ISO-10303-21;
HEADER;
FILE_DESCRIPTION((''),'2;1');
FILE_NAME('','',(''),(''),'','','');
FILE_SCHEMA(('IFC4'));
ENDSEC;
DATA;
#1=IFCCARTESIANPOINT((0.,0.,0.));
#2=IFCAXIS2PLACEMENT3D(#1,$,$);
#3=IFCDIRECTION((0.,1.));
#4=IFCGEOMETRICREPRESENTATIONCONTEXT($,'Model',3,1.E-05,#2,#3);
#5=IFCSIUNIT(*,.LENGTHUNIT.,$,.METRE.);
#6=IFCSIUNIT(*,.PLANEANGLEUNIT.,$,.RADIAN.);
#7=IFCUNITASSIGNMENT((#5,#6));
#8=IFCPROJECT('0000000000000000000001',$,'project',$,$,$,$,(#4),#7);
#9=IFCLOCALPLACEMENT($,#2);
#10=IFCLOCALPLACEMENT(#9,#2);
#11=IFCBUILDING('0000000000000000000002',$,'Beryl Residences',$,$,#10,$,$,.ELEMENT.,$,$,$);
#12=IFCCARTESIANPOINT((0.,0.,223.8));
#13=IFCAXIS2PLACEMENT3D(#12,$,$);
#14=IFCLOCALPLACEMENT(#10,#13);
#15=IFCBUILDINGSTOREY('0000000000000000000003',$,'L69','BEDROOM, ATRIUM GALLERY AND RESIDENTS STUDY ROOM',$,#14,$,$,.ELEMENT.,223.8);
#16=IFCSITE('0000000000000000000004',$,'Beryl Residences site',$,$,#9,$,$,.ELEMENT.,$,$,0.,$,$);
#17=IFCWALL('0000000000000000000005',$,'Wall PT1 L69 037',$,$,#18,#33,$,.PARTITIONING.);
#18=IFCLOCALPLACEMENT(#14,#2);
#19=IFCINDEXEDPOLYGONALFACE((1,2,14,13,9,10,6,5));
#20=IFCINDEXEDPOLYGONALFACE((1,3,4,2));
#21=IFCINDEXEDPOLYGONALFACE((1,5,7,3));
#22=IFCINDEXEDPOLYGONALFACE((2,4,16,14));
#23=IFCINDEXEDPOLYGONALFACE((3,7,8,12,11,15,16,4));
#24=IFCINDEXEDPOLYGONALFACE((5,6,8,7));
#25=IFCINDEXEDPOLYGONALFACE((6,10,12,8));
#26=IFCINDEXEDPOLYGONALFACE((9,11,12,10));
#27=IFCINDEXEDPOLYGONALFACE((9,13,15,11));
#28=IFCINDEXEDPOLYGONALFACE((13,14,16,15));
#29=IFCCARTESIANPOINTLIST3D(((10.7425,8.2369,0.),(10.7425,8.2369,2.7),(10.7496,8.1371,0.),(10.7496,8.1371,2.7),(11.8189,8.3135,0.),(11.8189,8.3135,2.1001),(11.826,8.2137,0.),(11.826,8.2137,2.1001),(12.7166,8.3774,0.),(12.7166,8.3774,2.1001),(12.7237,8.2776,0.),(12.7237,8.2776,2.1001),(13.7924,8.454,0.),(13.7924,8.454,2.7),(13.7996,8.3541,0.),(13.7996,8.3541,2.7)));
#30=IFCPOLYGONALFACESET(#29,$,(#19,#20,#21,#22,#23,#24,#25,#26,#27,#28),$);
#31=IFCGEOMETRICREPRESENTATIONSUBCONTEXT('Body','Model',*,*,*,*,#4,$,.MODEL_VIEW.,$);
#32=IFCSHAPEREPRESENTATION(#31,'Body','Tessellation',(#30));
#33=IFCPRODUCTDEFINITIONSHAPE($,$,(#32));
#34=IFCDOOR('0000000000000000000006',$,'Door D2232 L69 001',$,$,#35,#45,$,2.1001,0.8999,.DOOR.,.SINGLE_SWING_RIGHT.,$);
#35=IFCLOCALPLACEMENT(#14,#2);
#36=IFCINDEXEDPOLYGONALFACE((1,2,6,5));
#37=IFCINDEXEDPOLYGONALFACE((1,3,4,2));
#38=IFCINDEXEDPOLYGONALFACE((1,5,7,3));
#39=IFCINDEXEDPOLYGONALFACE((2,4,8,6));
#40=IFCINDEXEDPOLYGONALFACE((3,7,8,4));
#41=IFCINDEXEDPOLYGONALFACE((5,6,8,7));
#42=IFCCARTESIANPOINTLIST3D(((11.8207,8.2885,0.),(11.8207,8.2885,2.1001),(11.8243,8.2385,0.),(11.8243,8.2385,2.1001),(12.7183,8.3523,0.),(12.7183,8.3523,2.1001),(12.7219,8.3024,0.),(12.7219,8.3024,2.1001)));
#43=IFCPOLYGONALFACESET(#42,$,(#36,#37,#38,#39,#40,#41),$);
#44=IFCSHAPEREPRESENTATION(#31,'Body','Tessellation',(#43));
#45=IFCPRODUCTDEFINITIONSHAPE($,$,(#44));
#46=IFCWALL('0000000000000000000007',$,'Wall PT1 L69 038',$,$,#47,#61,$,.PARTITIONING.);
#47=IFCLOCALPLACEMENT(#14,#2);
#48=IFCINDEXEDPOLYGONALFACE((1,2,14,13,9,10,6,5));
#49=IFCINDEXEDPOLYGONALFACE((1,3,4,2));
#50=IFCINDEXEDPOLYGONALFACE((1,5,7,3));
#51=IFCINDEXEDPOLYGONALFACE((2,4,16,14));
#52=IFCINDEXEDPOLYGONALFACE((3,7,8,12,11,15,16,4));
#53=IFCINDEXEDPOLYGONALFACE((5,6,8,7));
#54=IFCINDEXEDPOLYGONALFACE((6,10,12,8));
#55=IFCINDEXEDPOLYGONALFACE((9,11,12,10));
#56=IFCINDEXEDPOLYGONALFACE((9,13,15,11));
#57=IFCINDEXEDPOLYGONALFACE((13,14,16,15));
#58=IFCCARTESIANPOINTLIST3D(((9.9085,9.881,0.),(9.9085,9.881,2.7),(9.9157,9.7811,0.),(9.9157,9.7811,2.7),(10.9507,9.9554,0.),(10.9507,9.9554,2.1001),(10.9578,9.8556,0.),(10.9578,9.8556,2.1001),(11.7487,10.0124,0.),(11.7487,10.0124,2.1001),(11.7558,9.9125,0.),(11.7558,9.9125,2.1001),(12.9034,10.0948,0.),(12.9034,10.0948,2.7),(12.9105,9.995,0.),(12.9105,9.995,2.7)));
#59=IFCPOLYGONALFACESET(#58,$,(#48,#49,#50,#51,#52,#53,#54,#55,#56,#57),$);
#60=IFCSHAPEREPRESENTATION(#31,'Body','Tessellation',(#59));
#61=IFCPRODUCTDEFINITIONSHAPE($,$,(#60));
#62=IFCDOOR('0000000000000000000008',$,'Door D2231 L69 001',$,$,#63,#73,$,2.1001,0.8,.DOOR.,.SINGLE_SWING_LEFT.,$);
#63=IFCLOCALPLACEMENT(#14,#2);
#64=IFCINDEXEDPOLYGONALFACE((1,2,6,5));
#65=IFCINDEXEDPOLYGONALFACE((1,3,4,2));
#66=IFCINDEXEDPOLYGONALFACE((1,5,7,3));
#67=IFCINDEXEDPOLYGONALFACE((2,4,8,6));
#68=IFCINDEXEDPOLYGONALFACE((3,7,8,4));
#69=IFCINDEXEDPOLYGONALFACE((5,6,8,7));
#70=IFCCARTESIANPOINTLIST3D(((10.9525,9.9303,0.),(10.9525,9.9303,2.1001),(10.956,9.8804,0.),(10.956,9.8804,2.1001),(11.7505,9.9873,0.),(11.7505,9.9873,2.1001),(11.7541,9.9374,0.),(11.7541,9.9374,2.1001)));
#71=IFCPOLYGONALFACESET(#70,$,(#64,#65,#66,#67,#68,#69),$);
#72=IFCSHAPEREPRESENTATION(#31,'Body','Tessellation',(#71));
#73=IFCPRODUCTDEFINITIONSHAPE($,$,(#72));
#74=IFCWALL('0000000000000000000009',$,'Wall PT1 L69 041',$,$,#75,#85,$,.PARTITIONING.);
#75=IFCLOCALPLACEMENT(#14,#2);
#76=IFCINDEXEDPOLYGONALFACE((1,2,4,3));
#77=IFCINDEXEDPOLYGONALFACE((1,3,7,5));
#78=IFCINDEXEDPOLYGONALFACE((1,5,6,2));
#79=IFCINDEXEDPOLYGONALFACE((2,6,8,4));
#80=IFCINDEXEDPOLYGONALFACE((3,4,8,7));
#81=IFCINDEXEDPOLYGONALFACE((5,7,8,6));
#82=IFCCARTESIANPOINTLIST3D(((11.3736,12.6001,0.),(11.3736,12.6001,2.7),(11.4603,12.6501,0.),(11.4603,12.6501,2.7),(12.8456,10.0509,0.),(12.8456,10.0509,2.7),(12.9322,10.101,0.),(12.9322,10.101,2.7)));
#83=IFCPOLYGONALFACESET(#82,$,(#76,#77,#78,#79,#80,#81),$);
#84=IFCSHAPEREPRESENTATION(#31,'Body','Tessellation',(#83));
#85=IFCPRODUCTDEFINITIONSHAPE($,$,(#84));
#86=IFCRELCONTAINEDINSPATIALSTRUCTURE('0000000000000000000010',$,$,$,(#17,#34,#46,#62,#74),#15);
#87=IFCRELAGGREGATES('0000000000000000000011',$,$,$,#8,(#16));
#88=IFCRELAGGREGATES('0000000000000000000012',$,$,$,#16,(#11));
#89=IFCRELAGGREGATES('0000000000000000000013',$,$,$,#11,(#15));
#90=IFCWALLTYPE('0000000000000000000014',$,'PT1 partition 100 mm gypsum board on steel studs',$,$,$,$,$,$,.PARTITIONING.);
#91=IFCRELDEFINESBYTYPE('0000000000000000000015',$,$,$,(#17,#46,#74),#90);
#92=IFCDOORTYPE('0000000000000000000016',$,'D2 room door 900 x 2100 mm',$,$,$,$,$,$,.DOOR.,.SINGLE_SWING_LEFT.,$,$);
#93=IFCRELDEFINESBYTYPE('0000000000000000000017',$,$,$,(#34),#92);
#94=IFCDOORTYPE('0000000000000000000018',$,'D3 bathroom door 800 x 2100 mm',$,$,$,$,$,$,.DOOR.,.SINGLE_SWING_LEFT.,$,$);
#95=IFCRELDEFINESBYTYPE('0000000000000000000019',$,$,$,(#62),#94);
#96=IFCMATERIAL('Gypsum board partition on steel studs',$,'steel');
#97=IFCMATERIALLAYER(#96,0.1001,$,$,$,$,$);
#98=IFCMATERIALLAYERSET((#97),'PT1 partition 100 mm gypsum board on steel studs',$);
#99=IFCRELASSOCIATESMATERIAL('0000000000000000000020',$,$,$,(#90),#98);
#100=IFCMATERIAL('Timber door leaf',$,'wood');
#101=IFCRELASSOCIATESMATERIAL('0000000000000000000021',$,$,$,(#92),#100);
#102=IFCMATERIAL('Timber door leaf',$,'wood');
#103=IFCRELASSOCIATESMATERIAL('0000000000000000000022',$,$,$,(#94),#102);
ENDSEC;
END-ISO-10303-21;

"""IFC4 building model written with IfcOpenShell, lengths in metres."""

from ifc_helpers import new_model, si_unit, direction, frame, frame_2d, origin, place, context, subcontext, project, spatial, rectangle, extrude, material, layer, layer_set, type_object, element, fill, save


model = new_model("IFC4")

# Units and contexts
model_context = context("Model", 3, precision=1e-05, world=origin(), true_north=direction((0.0, 1.0)))
body_context = subcontext(model_context, "Body", "Model", "MODEL_VIEW")
ifc_project = project(units=[si_unit("LENGTHUNIT", "METRE"), si_unit("PLANEANGLEUNIT", "RADIAN")], contexts=[model_context])

# Site, building, storey
site_placement = place(None, origin())
site = spatial("IfcSite", under=ifc_project, at=site_placement, Name="Beryl Residences site", CompositionType="ELEMENT", RefElevation=0.0)
building_placement = place(site_placement, origin())
building = spatial("IfcBuilding", under=site, at=building_placement, Name="Beryl Residences", CompositionType="ELEMENT")
storey_placement = place(building_placement, frame((0.0, 0.0, 223.8)))
storey = spatial("IfcBuildingStorey", under=building, at=storey_placement, Name="L69", Description="BEDROOM, ATRIUM GALLERY AND RESIDENTS STUDY ROOM", CompositionType="ELEMENT", Elevation=223.8)

# Shared definitions
ifc_material_1 = material(Name="Gypsum board partition on steel studs", Category="steel")
ifc_layer_1 = layer(ifc_material_1, 0.1001)
ifc_layer_set_1 = layer_set([ifc_layer_1], Name="PT1 partition 100 mm gypsum board on steel studs")
wall_type_1 = type_object("IfcWallType", Name="PT1 partition 100 mm gypsum board on steel studs", PredefinedType="PARTITIONING", material=ifc_layer_set_1)
ifc_material_2 = material(Name="Timber door leaf", Category="wood")
door_type_1 = type_object("IfcDoorType", Name="D2 room door 900 x 2100 mm", OperationType="SINGLE_SWING_LEFT", PredefinedType="DOOR", material=ifc_material_2)

# Walls, openings, doors
wall_1_placement = place(storey_placement, frame((10.7461, 8.187, 0.0), z_axis=(0.0, 0.0, 1.0), x_axis=(0.997477, 0.070986, 0.0)))
wall_1 = element("IfcWall", 1, at=wall_1_placement, inside=storey, type_object=wall_type_1, Name="Wall PT1 L69 037", PredefinedType="PARTITIONING", context=body_context, shape_type="SweptSolid", body=[
    extrude(rectangle(XDim=3.0576, YDim=0.1001, at=frame_2d((1.5288, 0.0))), origin(), (0.0, 0.0, 1.0), 2.7),
])
opening_1_placement = place(wall_1_placement, frame((1.0791, 0.0, 0.0)))
opening_1 = element("IfcOpeningElement", 2, at=opening_1_placement, cuts=wall_1, PredefinedType="OPENING", context=body_context, shape_type="SweptSolid", body=[
    extrude(rectangle(XDim=0.8999, YDim=2.1001, at=frame_2d((0.45, 1.05))), frame((0.0, 0.0601, 0.0), z_axis=(0.0, -1.0, 0.0), x_axis=(1.0, 0.0, 0.0)), (0.0, 0.0, 1.0), 0.1201),
])
door_1_placement = place(opening_1_placement, origin())
door_1 = element("IfcDoor", 3, at=door_1_placement, inside=storey, type_object=door_type_1, Name="Door D2232 L69 001", OperationType="SINGLE_SWING_RIGHT", OverallHeight=2.1001, OverallWidth=0.8999, PredefinedType="DOOR", context=body_context, shape_type="SweptSolid", body=[
    extrude(rectangle(XDim=0.8999, YDim=2.1001, at=frame_2d((0.45, 1.05))), frame((0.0, 0.0249, 0.0), z_axis=(0.0, -1.0, 0.0), x_axis=(1.0, 0.0, 0.0)), (0.0, 0.0, 1.0), 0.05),
])
fill(opening_1, door_1)
wall_2_placement = place(storey_placement, frame((9.9121, 9.8311, 0.0), z_axis=(0.0, 0.0, 1.0), x_axis=(0.99746, 0.07123, 0.0)))
wall_2 = element("IfcWall", 4, at=wall_2_placement, inside=storey, type_object=wall_type_1, Name="Wall PT1 L69 038", PredefinedType="PARTITIONING", context=body_context, shape_type="SweptSolid", body=[
    extrude(rectangle(XDim=3.0024, YDim=0.1001, at=frame_2d((1.5012, 0.0))), origin(), (0.0, 0.0, 1.0), 2.7),
])
opening_2_placement = place(wall_2_placement, frame((1.0449, 0.0, 0.0)))
opening_2 = element("IfcOpeningElement", 5, at=opening_2_placement, cuts=wall_2, PredefinedType="OPENING", context=body_context, shape_type="SweptSolid", body=[
    extrude(rectangle(XDim=0.8, YDim=2.1001, at=frame_2d((0.3999, 1.05))), frame((0.0, 0.0601, 0.0), z_axis=(0.0, -1.0, 0.0), x_axis=(1.0, 0.0, 0.0)), (0.0, 0.0, 1.0), 0.1201),
])
ifc_material_3 = material(Name="Timber door leaf", Category="wood")
door_type_2 = type_object("IfcDoorType", Name="D3 bathroom door 800 x 2100 mm", OperationType="SINGLE_SWING_LEFT", PredefinedType="DOOR", material=ifc_material_3)
door_2_placement = place(opening_2_placement, origin())
door_2 = element("IfcDoor", 6, at=door_2_placement, inside=storey, type_object=door_type_2, Name="Door D2231 L69 001", OperationType="SINGLE_SWING_LEFT", OverallHeight=2.1001, OverallWidth=0.8, PredefinedType="DOOR", context=body_context, shape_type="SweptSolid", body=[
    extrude(rectangle(XDim=0.8, YDim=2.1001, at=frame_2d((0.3999, 1.05))), frame((0.0, 0.0249, 0.0), z_axis=(0.0, -1.0, 0.0), x_axis=(1.0, 0.0, 0.0)), (0.0, 0.0, 1.0), 0.05),
])
fill(opening_2, door_2)

# Wall
wall_3_placement = place(storey_placement, frame((11.417, 12.625, 0.0), z_axis=(0.0, 0.0, 1.0), x_axis=(0.500055, -0.865994, 0.0)))
element("IfcWall", 7, at=wall_3_placement, inside=storey, type_object=wall_type_1, Name="Wall PT1 L69 041", PredefinedType="PARTITIONING", context=body_context, shape_type="SweptSolid", body=[
    extrude(rectangle(XDim=2.9436, YDim=0.1001, at=frame_2d((1.4717, 0.0))), origin(), (0.0, 0.0, 1.0), 2.7),
])

save(model, "model.ifc")
